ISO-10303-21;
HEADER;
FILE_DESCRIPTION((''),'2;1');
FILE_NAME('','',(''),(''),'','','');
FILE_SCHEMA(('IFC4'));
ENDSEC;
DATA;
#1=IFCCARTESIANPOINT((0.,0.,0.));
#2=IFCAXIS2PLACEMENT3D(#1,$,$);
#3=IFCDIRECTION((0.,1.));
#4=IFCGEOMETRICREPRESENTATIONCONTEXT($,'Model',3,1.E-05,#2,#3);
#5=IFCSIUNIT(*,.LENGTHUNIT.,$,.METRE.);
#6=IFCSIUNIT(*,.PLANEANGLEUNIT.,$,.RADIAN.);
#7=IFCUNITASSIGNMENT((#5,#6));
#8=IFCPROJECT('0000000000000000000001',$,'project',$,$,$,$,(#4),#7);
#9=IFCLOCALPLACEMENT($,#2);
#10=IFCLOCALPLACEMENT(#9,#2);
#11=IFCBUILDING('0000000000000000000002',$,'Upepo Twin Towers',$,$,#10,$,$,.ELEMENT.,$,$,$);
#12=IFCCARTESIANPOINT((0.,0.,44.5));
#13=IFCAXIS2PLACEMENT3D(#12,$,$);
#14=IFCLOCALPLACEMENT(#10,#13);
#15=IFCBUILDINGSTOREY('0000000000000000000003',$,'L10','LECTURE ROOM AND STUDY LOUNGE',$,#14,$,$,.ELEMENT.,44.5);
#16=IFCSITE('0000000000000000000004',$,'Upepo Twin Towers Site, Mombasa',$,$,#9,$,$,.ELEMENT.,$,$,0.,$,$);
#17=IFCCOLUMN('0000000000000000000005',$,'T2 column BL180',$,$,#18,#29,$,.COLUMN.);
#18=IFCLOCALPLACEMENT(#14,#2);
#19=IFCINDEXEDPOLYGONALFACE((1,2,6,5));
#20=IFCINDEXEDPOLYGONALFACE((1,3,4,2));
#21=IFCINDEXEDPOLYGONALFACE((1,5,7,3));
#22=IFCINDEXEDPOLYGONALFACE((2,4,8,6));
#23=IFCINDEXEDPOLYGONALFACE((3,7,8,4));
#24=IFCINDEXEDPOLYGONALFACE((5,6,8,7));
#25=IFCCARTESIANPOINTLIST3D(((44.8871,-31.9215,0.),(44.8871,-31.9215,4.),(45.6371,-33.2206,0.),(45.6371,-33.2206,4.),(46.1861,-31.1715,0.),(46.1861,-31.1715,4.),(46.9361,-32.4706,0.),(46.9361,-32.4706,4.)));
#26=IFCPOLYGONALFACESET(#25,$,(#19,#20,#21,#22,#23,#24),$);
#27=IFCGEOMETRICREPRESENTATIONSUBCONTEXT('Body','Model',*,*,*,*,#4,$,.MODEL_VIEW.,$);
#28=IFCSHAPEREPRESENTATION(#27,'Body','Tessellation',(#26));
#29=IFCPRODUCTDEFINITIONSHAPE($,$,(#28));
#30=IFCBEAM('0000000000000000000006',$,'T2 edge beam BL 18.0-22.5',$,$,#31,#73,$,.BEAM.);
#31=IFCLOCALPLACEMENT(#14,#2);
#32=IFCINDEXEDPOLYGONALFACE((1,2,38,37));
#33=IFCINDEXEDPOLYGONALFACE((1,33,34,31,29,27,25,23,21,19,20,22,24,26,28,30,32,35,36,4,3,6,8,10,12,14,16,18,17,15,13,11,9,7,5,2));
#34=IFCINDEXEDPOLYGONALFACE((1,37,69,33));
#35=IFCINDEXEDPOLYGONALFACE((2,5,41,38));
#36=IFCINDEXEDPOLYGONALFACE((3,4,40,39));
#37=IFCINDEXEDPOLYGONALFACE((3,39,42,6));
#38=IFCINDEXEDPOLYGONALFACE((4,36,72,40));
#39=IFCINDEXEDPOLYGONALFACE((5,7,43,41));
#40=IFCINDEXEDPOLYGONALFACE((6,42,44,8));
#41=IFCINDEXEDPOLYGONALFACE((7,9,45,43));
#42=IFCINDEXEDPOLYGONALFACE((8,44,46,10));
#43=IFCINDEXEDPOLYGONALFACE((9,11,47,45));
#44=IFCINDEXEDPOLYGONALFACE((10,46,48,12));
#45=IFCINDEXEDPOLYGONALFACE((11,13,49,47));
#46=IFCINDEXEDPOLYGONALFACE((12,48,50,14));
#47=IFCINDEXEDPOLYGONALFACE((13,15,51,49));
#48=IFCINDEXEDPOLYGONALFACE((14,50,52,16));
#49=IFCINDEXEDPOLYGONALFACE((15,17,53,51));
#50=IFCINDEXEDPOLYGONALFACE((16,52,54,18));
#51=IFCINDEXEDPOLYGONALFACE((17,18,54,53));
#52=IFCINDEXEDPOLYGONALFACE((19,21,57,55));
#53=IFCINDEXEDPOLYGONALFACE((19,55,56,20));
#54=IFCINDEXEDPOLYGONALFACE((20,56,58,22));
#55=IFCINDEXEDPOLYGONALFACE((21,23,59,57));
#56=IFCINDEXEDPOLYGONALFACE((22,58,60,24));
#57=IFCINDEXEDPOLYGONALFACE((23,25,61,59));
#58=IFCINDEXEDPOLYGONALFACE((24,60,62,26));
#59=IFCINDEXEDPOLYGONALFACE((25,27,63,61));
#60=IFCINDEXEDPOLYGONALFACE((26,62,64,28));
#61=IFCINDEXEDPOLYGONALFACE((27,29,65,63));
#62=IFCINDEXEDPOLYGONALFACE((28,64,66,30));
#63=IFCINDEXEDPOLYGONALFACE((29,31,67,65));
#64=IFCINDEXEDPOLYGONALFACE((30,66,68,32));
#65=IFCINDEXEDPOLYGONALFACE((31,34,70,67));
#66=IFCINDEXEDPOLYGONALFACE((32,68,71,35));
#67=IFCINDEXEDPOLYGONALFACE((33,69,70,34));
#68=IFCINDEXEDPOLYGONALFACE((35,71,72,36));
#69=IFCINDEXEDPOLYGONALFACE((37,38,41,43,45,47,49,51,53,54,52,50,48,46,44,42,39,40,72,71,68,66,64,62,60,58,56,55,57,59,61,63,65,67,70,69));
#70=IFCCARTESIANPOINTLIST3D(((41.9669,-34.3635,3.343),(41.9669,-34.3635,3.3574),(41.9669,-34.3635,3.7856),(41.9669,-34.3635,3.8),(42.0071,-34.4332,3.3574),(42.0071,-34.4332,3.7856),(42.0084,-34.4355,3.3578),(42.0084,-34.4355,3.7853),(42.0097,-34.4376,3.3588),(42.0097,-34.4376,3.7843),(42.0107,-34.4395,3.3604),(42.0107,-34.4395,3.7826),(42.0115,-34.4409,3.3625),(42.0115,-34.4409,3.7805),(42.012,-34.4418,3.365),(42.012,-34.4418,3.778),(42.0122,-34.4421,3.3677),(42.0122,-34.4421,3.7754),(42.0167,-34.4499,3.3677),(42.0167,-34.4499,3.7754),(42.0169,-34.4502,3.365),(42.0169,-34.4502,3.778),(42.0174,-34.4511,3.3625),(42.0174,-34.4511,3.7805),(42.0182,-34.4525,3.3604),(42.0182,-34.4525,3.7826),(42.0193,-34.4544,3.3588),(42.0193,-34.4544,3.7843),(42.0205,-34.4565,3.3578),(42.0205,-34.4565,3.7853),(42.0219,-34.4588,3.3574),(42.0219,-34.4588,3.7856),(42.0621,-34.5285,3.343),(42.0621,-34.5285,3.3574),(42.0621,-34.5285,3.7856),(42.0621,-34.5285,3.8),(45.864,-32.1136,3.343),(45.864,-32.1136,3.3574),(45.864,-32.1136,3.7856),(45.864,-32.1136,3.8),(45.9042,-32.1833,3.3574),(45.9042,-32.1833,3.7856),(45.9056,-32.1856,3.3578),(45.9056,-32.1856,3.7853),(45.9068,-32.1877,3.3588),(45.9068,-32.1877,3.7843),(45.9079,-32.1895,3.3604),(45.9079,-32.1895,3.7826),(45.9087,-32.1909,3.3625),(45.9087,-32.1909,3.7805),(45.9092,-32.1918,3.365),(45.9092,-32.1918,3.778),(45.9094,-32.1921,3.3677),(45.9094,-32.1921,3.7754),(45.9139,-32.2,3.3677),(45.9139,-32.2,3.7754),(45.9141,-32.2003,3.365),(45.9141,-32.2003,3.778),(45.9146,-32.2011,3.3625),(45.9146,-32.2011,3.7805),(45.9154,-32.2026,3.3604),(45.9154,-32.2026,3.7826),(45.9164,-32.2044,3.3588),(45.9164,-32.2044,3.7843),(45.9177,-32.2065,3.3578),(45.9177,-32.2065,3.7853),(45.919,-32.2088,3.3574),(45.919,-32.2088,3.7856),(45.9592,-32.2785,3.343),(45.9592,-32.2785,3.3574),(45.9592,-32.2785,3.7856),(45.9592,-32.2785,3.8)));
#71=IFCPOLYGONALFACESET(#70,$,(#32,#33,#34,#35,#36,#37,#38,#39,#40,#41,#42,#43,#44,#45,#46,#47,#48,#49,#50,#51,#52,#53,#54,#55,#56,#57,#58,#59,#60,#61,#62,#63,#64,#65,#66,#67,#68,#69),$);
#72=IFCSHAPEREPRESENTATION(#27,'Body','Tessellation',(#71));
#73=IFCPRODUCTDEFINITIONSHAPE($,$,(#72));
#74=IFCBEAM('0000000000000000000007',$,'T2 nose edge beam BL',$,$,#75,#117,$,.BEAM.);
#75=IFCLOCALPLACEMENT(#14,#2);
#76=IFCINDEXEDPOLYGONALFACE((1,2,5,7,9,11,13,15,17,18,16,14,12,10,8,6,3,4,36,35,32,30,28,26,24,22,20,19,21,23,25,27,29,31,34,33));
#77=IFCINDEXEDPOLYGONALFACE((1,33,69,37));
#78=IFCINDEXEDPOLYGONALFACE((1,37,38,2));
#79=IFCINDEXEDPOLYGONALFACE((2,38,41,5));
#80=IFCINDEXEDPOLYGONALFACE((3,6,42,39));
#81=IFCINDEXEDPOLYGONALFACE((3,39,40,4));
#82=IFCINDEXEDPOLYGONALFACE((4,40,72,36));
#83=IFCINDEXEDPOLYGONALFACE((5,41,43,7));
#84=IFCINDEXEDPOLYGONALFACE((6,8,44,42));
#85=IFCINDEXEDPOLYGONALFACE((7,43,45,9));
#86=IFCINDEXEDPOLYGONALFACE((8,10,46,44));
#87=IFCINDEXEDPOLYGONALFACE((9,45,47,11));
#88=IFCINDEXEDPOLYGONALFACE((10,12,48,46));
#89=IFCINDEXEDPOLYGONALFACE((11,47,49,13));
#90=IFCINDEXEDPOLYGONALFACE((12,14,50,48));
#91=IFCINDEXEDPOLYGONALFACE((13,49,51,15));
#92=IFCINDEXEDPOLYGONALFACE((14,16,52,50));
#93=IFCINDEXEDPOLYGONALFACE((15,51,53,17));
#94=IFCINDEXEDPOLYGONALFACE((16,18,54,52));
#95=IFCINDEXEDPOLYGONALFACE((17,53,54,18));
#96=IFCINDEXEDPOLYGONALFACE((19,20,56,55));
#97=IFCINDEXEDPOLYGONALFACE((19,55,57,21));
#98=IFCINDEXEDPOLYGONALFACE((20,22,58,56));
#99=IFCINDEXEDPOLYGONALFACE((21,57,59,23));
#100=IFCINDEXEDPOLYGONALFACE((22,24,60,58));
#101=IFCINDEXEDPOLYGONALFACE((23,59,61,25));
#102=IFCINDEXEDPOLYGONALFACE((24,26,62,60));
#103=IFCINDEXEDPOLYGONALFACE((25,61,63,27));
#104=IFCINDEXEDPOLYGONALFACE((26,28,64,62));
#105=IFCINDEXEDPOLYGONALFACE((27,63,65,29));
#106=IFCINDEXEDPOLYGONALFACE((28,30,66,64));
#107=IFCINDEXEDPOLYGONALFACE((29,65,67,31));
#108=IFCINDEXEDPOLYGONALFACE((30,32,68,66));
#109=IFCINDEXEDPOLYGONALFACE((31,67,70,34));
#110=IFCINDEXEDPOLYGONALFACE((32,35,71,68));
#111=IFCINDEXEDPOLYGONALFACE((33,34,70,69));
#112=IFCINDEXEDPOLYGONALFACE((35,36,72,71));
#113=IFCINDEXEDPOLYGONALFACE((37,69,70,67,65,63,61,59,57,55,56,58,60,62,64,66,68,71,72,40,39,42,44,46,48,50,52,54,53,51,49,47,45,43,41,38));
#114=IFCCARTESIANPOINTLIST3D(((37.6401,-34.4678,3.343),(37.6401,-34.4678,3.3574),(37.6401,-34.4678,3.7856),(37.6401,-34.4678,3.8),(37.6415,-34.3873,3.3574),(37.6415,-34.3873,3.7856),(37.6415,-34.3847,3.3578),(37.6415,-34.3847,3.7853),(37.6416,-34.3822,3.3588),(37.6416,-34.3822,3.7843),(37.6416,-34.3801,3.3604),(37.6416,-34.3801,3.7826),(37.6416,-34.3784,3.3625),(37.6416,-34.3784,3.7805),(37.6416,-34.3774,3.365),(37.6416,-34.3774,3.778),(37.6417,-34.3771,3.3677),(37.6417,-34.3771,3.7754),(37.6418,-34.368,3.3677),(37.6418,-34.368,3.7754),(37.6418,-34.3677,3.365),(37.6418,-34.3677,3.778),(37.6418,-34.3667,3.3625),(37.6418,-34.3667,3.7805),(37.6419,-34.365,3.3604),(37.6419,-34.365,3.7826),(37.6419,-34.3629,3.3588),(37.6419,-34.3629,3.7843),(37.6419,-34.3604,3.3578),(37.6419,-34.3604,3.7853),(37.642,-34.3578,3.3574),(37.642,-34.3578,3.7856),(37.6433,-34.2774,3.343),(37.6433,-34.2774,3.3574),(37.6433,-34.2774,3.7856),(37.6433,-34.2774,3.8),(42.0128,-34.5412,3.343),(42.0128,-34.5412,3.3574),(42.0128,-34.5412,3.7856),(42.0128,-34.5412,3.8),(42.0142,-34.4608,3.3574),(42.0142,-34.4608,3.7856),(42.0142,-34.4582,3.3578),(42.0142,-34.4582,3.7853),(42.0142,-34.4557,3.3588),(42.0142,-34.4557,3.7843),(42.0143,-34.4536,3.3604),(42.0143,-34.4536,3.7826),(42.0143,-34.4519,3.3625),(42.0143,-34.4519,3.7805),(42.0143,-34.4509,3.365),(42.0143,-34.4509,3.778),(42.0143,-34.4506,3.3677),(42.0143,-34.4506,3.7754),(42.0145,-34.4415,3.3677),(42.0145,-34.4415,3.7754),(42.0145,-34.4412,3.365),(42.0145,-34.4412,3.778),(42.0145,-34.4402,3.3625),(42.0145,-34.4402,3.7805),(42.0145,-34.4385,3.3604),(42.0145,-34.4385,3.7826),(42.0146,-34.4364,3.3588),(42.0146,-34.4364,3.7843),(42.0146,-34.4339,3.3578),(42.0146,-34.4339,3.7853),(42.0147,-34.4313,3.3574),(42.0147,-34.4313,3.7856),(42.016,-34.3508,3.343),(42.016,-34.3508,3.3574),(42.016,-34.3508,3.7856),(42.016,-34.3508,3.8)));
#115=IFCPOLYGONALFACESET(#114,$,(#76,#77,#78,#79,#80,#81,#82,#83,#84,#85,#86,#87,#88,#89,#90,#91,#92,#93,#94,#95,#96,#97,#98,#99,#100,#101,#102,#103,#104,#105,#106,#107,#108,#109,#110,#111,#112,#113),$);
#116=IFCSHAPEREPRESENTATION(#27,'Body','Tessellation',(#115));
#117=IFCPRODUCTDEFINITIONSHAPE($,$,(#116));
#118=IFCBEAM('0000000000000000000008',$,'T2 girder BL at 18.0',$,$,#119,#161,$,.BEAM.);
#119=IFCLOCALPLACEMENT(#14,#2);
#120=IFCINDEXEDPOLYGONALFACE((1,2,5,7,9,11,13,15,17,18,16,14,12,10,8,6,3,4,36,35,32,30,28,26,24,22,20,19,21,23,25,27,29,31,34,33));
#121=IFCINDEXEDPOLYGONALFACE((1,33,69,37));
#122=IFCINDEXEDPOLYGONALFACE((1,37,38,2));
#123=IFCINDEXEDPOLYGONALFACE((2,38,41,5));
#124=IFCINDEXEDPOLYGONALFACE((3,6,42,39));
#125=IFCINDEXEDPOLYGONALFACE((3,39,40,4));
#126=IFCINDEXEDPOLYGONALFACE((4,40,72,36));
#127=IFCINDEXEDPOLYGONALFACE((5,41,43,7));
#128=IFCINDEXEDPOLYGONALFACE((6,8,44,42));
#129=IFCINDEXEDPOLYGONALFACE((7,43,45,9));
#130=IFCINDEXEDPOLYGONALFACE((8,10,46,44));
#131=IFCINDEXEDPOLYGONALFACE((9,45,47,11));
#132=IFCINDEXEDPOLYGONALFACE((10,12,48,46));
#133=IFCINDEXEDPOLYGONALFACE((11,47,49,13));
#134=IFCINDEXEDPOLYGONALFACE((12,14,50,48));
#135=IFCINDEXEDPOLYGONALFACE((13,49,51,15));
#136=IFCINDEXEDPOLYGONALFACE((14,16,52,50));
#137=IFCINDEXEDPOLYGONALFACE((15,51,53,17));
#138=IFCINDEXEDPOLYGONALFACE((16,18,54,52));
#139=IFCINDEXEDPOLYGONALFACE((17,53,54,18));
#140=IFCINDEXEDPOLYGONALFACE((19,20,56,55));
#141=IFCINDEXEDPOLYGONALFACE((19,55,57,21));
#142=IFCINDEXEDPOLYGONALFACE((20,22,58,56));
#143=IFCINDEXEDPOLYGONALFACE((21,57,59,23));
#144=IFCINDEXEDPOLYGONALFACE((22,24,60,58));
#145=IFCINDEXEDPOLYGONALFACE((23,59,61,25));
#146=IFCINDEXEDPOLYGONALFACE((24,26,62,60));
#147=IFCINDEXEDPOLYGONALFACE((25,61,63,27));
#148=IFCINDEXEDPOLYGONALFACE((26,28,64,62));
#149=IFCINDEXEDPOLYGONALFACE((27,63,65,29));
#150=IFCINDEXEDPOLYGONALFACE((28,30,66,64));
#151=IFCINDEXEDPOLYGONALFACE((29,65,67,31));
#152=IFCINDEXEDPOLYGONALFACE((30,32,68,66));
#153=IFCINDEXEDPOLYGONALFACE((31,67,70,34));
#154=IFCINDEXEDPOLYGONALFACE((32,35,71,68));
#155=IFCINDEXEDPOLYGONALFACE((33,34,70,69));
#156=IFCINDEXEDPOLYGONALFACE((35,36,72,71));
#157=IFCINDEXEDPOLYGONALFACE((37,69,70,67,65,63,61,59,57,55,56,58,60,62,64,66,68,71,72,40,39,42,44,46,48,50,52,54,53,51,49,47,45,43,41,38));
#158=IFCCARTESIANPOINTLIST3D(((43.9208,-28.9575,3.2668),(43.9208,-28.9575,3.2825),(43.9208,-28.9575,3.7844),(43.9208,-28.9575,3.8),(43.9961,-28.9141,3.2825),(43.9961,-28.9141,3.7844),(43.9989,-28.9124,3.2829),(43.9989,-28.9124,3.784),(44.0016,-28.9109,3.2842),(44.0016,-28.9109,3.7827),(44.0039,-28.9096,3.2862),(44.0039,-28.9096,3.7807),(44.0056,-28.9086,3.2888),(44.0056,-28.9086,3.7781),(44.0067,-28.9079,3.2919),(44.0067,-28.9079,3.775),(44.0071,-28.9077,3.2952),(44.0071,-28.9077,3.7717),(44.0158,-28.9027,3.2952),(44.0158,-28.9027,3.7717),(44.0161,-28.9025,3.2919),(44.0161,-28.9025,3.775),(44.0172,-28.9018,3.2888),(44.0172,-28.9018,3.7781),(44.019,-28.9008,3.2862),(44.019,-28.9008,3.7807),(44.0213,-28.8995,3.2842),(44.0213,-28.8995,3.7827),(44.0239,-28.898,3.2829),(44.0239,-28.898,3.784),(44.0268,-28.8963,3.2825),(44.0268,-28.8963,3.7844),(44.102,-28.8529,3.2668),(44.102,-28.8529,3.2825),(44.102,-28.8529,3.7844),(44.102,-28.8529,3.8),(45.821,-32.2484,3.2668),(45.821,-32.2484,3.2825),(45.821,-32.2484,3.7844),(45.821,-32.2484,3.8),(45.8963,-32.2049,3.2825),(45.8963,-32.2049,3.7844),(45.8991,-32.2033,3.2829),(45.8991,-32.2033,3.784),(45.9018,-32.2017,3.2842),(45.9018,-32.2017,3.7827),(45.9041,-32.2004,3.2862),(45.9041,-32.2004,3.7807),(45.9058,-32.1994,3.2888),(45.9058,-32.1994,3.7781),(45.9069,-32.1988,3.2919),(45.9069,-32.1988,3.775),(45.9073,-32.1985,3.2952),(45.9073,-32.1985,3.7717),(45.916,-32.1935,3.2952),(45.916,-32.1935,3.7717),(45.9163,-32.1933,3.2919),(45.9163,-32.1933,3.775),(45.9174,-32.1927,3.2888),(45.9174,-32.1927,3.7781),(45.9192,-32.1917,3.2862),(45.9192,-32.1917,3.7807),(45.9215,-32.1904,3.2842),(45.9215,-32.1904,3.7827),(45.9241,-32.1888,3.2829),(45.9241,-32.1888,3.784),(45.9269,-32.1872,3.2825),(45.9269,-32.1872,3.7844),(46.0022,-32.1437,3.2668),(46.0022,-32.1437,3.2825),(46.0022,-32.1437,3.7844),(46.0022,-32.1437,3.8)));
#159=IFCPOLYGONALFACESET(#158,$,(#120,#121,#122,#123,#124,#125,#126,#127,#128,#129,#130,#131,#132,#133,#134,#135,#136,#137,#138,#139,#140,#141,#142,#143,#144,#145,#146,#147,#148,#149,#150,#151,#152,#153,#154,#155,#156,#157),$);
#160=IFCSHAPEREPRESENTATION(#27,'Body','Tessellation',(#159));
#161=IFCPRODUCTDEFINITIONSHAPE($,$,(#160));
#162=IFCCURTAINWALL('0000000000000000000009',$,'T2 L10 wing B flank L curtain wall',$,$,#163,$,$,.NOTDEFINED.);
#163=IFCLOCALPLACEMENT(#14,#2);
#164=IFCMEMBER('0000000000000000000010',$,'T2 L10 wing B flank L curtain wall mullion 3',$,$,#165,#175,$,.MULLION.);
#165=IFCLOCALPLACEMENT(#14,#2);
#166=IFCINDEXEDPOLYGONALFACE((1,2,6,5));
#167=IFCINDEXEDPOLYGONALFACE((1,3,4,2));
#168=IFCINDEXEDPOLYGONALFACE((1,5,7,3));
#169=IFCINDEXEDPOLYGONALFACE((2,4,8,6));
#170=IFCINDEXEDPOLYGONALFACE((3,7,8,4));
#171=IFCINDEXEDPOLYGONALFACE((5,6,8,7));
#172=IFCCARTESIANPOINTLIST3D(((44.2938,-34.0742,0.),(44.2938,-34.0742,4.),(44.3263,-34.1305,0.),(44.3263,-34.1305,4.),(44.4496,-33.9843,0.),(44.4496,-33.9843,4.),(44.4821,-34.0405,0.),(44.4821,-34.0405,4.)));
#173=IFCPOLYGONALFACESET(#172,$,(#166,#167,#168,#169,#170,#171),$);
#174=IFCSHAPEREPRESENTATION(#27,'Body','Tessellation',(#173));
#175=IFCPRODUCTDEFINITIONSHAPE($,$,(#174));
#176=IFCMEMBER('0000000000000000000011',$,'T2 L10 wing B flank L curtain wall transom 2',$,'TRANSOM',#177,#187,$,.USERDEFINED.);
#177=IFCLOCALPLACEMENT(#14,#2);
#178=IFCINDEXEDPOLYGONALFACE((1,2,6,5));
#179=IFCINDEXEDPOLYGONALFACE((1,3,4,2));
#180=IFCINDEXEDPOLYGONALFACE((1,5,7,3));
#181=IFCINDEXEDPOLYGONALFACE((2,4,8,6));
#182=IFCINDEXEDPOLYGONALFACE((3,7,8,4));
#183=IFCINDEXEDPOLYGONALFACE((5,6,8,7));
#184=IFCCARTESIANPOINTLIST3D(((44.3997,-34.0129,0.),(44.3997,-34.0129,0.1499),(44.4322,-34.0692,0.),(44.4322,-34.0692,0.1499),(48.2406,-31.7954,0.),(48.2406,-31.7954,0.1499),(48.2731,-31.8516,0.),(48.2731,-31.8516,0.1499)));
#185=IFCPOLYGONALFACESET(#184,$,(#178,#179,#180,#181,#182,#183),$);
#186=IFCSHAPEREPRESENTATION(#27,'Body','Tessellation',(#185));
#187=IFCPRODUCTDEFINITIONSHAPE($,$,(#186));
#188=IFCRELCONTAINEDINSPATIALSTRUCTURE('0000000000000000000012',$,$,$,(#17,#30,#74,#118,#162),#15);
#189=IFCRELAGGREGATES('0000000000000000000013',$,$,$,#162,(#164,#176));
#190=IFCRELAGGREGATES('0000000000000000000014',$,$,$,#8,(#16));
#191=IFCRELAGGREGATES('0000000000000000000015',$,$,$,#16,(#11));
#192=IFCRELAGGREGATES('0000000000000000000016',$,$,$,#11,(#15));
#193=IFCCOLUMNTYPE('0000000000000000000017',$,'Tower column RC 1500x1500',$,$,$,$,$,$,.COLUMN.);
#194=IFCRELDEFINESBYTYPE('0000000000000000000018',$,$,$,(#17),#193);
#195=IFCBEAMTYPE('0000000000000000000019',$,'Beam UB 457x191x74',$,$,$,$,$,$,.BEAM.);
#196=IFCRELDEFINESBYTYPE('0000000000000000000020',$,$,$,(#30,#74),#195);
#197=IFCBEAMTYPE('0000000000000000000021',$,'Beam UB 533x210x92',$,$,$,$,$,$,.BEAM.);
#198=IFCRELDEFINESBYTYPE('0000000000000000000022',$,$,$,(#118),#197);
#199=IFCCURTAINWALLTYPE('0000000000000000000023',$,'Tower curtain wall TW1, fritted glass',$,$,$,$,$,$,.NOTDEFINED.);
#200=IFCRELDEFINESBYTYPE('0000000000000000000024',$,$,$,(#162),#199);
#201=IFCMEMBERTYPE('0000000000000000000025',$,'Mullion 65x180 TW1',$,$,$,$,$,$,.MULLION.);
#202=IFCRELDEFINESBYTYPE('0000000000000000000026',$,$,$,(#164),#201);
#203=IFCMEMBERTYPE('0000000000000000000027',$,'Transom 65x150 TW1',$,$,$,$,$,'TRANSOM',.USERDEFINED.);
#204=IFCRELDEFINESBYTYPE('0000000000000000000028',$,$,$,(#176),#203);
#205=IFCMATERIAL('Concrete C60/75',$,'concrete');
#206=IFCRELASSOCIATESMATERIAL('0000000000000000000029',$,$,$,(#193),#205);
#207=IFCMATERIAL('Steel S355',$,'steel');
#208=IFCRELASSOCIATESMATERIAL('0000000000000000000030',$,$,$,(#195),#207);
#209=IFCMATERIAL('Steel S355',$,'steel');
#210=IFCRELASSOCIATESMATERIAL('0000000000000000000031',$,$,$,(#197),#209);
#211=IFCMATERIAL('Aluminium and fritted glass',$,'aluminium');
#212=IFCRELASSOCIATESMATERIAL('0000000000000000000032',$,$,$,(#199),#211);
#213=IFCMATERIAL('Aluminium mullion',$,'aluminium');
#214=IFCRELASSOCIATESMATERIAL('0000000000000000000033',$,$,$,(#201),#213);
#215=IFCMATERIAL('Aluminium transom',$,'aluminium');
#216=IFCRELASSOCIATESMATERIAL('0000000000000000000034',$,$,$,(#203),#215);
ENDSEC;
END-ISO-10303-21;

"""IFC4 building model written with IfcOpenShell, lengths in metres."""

from ifc_helpers import new_model, si_unit, direction, frame, origin, origin_2d, place, context, subcontext, project, spatial, rectangle, i_section, extrude, material, material_profile, profile_set, type_object, element, aggregate, save


model = new_model("IFC4")

# Units and contexts
model_context = context("Model", 3, precision=1e-05, world=origin(), true_north=direction((0.0, 1.0)))
body_context = subcontext(model_context, "Body", "Model", "MODEL_VIEW")
ifc_project = project(units=[si_unit("LENGTHUNIT", "METRE"), si_unit("PLANEANGLEUNIT", "RADIAN")], contexts=[model_context])

# Site, building, storey
site_placement = place(None, origin())
site = spatial("IfcSite", under=ifc_project, at=site_placement, Name="Upepo Twin Towers Site, Mombasa", CompositionType="ELEMENT", RefElevation=0.0)
building_placement = place(site_placement, origin())
building = spatial("IfcBuilding", under=site, at=building_placement, Name="Upepo Twin Towers", CompositionType="ELEMENT")
storey_placement = place(building_placement, frame((0.0, 0.0, 44.5)))
storey = spatial("IfcBuildingStorey", under=building, at=storey_placement, Name="L10", Description="LECTURE ROOM AND STUDY LOUNGE", CompositionType="ELEMENT", Elevation=44.5)

# Column
ifc_material_1 = material(Name="Concrete C60/75", Category="concrete")
ifc_material_profile_1 = material_profile(ifc_material_1, rectangle(XDim=1.5, YDim=1.5, at=origin_2d()), Name="RC 1500x1500")
ifc_profile_set_1 = profile_set([ifc_material_profile_1], Name="Concrete C60/75")
column_type = type_object("IfcColumnType", Name="Tower column RC 1500x1500", PredefinedType="COLUMN", material=ifc_profile_set_1)
column_placement = place(storey_placement, frame((45.9116, -32.196, 0.0), z_axis=(0.0, 0.0, 1.0), x_axis=(0.866025, 0.5, 0.0)))
element("IfcColumn", 1, at=column_placement, inside=storey, type_object=column_type, Name="T2 column BL180", PredefinedType="COLUMN", context=body_context, shape_type="SweptSolid", body=[
    extrude(rectangle(XDim=1.5, YDim=1.5, at=origin_2d()), origin(), (0.0, 0.0, 1.0), 4.0),
])

# Beams
ifc_material_2 = material(Name="Steel S355", Category="steel")
ifc_material_profile_2 = material_profile(ifc_material_2, i_section(OverallWidth=0.1904, OverallDepth=0.457, WebThickness=0.009, FlangeThickness=0.0144, FilletRadius=0.0103, at=origin_2d()), Name="UB 457x191x74")
ifc_profile_set_2 = profile_set([ifc_material_profile_2], Name="Steel S355")
beam_type_1 = type_object("IfcBeamType", Name="Beam UB 457x191x74", PredefinedType="BEAM", material=ifc_profile_set_2)
beam_1_placement = place(storey_placement, frame((45.9116, -32.196, 3.5715), z_axis=(-0.866031, -0.49999, 0.0), x_axis=(0.49999, -0.866031, 0.0)))
element("IfcBeam", 2, at=beam_1_placement, inside=storey, type_object=beam_type_1, Name="T2 edge beam BL 18.0-22.5", PredefinedType="BEAM", context=body_context, shape_type="SweptSolid", body=[
    extrude(i_section(OverallWidth=0.1904, OverallDepth=0.457, WebThickness=0.009, FlangeThickness=0.0144, FilletRadius=0.0103, at=origin_2d()), origin(), (0.0, 0.0, 1.0), 4.5),
])
beam_2_placement = place(storey_placement, frame((42.0144, -34.446, 3.5715), z_axis=(-0.999859, 0.016804, 0.0), x_axis=(-0.016804, -0.999859, 0.0)))
element("IfcBeam", 3, at=beam_2_placement, inside=storey, type_object=beam_type_1, Name="T2 nose edge beam BL", PredefinedType="BEAM", context=body_context, shape_type="SweptSolid", body=[
    extrude(i_section(OverallWidth=0.1904, OverallDepth=0.457, WebThickness=0.009, FlangeThickness=0.0144, FilletRadius=0.0103, at=origin_2d()), origin(), (0.0, 0.0, 1.0), 4.3733),
])
ifc_material_3 = material(Name="Steel S355", Category="steel")
ifc_material_profile_3 = material_profile(ifc_material_3, i_section(OverallWidth=0.2092, OverallDepth=0.5332, WebThickness=0.01, FlangeThickness=0.0156, FilletRadius=0.0127, at=origin_2d()), Name="UB 533x210x92")
ifc_profile_set_3 = profile_set([ifc_material_profile_3], Name="Steel S355")
beam_type_2 = type_object("IfcBeamType", Name="Beam UB 533x210x92", PredefinedType="BEAM", material=ifc_profile_set_3)
beam_3_placement = place(storey_placement, frame((45.9116, -32.196, 3.5334), z_axis=(-0.500043, 0.866, 0.0), x_axis=(-0.866, -0.500043, 0.0)))
element("IfcBeam", 4, at=beam_3_placement, inside=storey, type_object=beam_type_2, Name="T2 girder BL at 18.0", PredefinedType="BEAM", context=body_context, shape_type="SweptSolid", body=[
    extrude(i_section(OverallWidth=0.2092, OverallDepth=0.5332, WebThickness=0.01, FlangeThickness=0.0156, FilletRadius=0.0127, at=origin_2d()), origin(), (0.0, 0.0, 1.0), 3.8),
])

# Curtain wall, members
ifc_material_4 = material(Name="Aluminium and fritted glass", Category="aluminium")
curtain_wall_type = type_object("IfcCurtainWallType", Name="Tower curtain wall TW1, fritted glass", PredefinedType="NOTDEFINED", material=ifc_material_4)
curtain_wall_placement = place(storey_placement, origin())
curtain_wall = element("IfcCurtainWall", 5, at=curtain_wall_placement, inside=storey, type_object=curtain_wall_type, Name="T2 L10 wing B flank L curtain wall", PredefinedType="NOTDEFINED")
ifc_material_5 = material(Name="Aluminium mullion", Category="aluminium")
ifc_material_profile_4 = material_profile(ifc_material_5, rectangle(XDim=0.0649, YDim=0.1799, at=origin_2d()), Name="MULLION 65x180")
ifc_profile_set_4 = profile_set([ifc_material_profile_4], Name="Aluminium mullion")
member_type_1 = type_object("IfcMemberType", Name="Mullion 65x180 TW1", PredefinedType="MULLION", material=ifc_profile_set_4)
member_1_placement = place(storey_placement, frame((44.3879, -34.0574, 0.0), z_axis=(0.0, 0.0, 1.0), x_axis=(0.5, -0.866025, 0.0)))
member_1 = element("IfcMember", 6, at=member_1_placement, type_object=member_type_1, Name="T2 L10 wing B flank L curtain wall mullion 3", PredefinedType="MULLION", context=body_context, shape_type="SweptSolid", body=[
    extrude(rectangle(XDim=0.0649, YDim=0.1799, at=origin_2d()), origin(), (0.0, 0.0, 1.0), 4.0),
])
ifc_material_6 = material(Name="Aluminium transom", Category="aluminium")
ifc_material_profile_5 = material_profile(ifc_material_6, rectangle(XDim=0.0649, YDim=0.1499, at=origin_2d()), Name="TRANSOM 65x150")
ifc_profile_set_5 = profile_set([ifc_material_profile_5], Name="Aluminium transom")
member_type_2 = type_object("IfcMemberType", Name="Transom 65x150 TW1", ElementType="TRANSOM", PredefinedType="USERDEFINED", material=ifc_profile_set_5)
member_2_placement = place(storey_placement, frame((48.2568, -31.8235, 0.075), z_axis=(-0.866022, -0.500005, 0.0), x_axis=(0.500005, -0.866022, 0.0)))
member_2 = element("IfcMember", 7, at=member_2_placement, type_object=member_type_2, Name="T2 L10 wing B flank L curtain wall transom 2", ObjectType="TRANSOM", PredefinedType="USERDEFINED", context=body_context, shape_type="SweptSolid", body=[
    extrude(rectangle(XDim=0.0649, YDim=0.1499, at=origin_2d()), origin(), (0.0, 0.0, 1.0), 4.4351),
])
aggregate(curtain_wall, [member_1, member_2])

save(model, "model.ifc")
